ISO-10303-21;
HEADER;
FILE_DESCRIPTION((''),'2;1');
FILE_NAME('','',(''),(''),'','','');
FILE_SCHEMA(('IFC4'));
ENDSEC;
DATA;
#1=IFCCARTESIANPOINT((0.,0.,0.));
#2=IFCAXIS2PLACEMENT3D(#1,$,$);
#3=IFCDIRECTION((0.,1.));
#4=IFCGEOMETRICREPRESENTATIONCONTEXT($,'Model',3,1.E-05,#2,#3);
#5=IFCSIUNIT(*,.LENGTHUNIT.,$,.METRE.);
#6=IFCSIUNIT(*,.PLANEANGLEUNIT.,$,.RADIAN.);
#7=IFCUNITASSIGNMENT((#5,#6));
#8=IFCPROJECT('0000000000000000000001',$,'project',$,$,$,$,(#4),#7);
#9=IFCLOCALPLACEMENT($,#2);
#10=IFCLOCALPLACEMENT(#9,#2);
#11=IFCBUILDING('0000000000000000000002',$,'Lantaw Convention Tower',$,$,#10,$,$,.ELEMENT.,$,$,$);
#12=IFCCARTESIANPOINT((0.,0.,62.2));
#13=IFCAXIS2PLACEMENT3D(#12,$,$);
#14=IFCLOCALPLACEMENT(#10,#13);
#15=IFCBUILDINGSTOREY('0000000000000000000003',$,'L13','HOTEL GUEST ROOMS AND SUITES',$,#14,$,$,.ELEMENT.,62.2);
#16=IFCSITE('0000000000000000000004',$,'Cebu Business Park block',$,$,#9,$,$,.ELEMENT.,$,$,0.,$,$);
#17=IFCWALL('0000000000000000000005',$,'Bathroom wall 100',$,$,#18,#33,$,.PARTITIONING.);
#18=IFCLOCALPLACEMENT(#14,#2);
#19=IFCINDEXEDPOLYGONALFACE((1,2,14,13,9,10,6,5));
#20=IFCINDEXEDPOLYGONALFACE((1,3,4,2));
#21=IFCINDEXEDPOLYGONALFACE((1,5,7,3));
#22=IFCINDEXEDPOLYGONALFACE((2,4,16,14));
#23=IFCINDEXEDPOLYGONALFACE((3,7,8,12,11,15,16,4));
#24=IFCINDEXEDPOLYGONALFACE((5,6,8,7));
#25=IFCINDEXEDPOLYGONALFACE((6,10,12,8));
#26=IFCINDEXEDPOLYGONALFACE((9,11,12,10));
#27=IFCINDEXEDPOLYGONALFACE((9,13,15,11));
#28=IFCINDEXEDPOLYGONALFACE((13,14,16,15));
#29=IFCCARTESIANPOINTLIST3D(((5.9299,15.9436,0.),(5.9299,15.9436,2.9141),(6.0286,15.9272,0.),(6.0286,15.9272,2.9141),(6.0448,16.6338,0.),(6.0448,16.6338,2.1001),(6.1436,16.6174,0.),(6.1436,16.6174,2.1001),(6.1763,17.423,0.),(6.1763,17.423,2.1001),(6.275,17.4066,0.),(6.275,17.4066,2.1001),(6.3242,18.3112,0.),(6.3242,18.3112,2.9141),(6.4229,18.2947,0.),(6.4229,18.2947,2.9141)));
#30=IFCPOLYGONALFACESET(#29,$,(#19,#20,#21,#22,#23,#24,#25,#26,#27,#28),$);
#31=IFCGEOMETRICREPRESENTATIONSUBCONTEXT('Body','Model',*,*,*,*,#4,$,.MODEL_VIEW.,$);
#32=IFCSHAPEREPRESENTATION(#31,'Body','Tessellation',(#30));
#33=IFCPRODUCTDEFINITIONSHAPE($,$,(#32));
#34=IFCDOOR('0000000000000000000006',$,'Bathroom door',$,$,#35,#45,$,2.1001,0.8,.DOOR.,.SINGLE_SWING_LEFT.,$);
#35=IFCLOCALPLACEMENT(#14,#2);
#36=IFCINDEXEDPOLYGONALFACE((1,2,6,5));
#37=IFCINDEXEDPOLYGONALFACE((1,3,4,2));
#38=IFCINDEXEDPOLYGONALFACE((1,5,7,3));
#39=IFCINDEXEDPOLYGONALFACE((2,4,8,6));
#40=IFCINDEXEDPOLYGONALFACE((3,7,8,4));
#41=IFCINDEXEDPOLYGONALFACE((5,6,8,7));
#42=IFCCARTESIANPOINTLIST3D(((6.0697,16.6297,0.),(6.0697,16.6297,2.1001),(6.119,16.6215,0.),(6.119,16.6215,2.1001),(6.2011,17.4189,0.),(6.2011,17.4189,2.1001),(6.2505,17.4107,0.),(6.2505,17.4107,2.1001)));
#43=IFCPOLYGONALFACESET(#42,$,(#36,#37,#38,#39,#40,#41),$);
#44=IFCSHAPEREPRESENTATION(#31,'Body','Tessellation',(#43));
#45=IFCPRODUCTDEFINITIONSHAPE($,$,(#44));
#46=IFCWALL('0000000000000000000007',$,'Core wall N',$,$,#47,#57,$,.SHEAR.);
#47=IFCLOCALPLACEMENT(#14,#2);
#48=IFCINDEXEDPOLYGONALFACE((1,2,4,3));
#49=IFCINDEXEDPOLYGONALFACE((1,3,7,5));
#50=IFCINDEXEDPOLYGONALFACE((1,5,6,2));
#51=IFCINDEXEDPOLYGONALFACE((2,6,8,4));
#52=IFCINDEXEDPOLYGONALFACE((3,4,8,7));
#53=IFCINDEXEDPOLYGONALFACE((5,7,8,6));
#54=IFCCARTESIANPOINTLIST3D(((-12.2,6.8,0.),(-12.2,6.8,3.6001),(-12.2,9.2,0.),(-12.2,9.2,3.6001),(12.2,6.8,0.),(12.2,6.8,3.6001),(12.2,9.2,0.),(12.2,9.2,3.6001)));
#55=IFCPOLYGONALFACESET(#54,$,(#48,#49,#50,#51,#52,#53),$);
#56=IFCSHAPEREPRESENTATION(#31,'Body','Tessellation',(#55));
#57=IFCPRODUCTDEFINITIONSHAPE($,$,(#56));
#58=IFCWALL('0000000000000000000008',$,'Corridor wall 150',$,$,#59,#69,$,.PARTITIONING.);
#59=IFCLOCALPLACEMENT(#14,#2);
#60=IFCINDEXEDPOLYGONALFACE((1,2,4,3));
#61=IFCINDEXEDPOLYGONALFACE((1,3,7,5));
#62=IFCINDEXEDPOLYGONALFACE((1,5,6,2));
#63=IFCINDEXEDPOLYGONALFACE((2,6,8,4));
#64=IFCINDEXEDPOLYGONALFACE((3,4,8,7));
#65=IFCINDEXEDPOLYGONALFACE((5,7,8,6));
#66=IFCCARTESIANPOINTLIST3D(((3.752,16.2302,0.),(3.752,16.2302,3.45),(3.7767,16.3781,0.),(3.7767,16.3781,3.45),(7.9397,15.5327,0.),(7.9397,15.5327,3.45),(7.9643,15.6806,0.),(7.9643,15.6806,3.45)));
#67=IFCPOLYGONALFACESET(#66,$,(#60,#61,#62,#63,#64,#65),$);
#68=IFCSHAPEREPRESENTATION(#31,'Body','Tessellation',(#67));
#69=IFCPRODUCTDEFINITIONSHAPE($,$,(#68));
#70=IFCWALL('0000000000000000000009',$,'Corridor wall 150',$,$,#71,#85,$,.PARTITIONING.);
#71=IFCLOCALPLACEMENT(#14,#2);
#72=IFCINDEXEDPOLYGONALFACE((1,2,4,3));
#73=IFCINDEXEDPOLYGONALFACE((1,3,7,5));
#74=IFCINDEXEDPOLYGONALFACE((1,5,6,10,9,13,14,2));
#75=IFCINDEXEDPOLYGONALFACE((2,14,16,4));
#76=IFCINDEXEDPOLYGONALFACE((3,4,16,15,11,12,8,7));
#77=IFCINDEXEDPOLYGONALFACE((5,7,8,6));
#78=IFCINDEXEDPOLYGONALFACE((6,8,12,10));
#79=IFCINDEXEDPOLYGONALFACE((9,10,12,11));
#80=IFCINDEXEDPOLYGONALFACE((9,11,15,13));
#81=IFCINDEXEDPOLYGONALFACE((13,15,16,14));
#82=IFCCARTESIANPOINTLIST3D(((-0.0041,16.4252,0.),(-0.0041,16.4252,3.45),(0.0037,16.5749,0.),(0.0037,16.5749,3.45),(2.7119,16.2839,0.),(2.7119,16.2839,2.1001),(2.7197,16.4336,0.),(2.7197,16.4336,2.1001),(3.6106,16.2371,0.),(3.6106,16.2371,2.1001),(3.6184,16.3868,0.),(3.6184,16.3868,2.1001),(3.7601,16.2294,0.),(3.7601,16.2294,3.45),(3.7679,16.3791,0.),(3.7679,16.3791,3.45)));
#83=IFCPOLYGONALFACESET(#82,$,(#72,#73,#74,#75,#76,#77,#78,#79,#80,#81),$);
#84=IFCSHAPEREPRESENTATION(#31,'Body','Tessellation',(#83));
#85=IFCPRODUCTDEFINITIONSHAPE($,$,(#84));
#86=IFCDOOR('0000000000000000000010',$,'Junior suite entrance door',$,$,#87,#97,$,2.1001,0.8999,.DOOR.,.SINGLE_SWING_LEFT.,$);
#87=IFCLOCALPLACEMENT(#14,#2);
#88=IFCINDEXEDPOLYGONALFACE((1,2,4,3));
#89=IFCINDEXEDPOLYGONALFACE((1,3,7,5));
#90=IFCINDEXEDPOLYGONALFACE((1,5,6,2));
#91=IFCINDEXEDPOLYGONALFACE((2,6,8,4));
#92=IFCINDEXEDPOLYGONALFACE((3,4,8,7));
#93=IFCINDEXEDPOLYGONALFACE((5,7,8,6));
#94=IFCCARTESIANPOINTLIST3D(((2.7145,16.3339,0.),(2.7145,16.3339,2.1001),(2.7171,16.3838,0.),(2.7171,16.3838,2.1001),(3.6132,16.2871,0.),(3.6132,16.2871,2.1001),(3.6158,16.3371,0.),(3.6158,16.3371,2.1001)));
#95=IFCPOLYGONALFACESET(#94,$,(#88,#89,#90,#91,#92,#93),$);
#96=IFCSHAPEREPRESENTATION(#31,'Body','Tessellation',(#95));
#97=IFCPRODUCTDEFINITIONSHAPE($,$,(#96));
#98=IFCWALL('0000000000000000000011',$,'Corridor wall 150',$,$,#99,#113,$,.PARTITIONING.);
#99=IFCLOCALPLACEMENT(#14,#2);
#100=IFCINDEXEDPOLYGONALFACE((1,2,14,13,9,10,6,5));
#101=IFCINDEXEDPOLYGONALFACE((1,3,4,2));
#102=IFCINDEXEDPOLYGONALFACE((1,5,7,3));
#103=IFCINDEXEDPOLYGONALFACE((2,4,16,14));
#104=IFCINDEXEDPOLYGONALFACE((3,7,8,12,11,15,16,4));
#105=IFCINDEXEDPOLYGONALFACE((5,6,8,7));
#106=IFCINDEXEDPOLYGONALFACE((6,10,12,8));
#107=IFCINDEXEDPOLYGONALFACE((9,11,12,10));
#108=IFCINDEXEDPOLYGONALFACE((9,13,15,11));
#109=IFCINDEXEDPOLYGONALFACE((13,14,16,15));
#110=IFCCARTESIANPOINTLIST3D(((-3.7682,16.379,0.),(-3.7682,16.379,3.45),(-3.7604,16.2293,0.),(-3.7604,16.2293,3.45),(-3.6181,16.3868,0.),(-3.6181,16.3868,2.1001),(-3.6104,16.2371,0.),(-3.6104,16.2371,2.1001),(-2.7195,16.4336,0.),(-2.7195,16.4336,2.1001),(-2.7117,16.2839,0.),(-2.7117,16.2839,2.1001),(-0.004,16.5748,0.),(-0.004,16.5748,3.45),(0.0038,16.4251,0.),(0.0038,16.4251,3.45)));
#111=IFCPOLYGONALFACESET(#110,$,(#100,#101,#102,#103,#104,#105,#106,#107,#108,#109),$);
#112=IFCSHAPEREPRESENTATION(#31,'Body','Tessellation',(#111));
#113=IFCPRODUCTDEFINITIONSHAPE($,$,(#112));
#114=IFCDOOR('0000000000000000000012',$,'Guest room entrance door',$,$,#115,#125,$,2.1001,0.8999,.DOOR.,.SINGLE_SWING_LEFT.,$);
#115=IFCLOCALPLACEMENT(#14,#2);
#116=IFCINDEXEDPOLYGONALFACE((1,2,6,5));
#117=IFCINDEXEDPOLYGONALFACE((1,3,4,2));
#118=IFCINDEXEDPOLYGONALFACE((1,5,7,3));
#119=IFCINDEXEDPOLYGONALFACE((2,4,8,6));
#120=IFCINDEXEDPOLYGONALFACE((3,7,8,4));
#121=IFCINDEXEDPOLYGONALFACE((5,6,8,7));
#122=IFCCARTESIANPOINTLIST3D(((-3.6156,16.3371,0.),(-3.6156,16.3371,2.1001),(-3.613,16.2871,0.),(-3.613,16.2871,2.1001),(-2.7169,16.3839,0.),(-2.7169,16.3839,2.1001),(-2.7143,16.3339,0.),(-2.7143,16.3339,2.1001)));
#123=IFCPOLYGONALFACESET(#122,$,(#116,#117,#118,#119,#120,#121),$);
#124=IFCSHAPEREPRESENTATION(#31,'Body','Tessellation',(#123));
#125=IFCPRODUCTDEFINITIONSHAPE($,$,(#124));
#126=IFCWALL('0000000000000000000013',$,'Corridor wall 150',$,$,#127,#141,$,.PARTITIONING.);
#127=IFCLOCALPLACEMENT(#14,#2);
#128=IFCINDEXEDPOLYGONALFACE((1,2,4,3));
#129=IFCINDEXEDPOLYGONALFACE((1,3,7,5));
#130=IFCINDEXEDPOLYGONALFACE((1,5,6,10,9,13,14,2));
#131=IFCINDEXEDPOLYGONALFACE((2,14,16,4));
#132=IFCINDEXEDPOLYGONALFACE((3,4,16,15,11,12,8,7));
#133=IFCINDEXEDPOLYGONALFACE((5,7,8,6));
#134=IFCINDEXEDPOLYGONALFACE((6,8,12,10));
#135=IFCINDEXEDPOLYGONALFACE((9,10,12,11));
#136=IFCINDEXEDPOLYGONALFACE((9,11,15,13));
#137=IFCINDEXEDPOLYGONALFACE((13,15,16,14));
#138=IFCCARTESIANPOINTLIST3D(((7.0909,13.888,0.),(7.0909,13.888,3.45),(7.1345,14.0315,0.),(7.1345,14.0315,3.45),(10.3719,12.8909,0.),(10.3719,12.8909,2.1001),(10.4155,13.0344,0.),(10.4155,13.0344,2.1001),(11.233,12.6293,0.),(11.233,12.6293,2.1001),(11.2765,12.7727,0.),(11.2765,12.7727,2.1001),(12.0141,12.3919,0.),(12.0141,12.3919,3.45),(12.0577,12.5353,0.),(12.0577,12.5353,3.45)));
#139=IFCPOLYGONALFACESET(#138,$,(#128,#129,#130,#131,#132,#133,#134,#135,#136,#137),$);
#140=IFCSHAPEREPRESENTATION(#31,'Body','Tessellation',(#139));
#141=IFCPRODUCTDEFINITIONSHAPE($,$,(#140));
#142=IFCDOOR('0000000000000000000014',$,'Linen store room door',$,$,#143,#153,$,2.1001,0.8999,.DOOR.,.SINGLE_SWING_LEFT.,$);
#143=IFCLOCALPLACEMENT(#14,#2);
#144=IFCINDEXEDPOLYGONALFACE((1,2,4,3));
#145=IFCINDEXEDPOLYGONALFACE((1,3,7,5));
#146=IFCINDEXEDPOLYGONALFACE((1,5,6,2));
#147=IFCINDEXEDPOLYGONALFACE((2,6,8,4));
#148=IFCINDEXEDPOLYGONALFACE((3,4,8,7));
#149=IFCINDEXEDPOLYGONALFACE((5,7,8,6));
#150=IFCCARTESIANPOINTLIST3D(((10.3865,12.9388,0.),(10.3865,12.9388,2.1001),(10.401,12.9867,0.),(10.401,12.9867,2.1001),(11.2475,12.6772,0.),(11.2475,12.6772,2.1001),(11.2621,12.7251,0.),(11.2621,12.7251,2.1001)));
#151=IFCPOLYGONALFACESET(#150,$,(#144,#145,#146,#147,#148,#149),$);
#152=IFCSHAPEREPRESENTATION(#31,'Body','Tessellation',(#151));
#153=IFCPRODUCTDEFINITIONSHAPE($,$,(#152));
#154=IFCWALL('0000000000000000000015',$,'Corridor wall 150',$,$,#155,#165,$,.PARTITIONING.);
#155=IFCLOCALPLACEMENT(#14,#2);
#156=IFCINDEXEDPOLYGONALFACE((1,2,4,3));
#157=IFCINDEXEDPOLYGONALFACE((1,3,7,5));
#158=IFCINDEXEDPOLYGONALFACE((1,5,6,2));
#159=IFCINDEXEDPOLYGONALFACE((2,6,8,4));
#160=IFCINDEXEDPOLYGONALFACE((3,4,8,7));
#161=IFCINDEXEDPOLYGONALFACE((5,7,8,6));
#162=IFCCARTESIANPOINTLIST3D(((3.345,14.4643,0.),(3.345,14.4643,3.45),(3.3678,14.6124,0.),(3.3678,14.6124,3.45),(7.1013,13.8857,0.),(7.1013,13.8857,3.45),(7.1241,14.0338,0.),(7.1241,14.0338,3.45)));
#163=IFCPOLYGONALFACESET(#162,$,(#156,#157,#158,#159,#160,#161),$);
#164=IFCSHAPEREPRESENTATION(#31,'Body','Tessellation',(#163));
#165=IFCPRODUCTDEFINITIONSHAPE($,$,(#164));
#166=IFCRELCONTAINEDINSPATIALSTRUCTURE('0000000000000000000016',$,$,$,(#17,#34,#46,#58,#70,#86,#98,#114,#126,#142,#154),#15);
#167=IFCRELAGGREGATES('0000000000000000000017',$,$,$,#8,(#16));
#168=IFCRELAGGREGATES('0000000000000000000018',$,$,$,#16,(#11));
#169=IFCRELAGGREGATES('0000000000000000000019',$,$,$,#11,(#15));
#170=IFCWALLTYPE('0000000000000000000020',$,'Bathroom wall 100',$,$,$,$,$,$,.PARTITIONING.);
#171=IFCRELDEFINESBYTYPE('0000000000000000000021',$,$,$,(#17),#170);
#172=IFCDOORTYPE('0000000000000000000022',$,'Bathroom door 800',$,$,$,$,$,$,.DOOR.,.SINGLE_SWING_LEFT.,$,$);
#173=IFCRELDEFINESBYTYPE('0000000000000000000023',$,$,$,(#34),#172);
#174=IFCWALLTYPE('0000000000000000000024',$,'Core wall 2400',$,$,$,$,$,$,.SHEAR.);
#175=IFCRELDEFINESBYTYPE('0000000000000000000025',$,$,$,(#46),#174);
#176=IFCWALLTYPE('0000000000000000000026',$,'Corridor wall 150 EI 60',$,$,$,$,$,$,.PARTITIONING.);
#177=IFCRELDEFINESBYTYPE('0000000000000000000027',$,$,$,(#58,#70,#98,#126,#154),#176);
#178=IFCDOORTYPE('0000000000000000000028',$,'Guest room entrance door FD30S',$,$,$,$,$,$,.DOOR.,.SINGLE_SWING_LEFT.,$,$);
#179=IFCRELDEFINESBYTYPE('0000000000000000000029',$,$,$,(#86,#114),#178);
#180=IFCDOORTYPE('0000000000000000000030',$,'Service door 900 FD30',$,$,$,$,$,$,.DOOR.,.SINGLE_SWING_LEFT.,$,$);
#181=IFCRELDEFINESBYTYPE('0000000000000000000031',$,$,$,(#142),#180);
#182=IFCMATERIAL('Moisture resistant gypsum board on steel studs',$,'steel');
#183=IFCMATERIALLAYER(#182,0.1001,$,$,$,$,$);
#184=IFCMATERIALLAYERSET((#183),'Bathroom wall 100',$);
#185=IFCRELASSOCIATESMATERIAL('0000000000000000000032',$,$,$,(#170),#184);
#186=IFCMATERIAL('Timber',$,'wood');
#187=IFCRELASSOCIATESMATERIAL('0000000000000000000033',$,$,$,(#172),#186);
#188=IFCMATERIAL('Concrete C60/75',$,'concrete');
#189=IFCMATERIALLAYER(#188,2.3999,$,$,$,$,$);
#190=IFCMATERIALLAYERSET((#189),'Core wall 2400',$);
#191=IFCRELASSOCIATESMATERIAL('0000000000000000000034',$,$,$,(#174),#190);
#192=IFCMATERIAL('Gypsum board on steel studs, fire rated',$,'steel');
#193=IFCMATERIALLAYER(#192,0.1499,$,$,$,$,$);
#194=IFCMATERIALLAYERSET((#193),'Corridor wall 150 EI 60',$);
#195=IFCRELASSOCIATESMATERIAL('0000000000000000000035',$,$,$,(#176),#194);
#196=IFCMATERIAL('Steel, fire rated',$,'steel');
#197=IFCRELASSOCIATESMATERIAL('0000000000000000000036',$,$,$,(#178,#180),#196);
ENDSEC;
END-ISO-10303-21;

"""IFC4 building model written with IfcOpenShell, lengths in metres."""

from ifc_helpers import new_model, si_unit, direction, frame, frame_2d, origin, place, context, subcontext, project, spatial, rectangle, extrude, material, layer, layer_set, type_object, element, fill, save


model = new_model("IFC4")

# Units and contexts
model_context = context("Model", 3, precision=1e-05, world=origin(), true_north=direction((0.0, 1.0)))
body_context = subcontext(model_context, "Body", "Model", "MODEL_VIEW")
ifc_project = project(units=[si_unit("LENGTHUNIT", "METRE"), si_unit("PLANEANGLEUNIT", "RADIAN")], contexts=[model_context])

# Site, building, storey
site_placement = place(None, origin())
site = spatial("IfcSite", under=ifc_project, at=site_placement, Name="Cebu Business Park block", CompositionType="ELEMENT", RefElevation=0.0)
building_placement = place(site_placement, origin())
building = spatial("IfcBuilding", under=site, at=building_placement, Name="Lantaw Convention Tower", CompositionType="ELEMENT")
storey_placement = place(building_placement, frame((0.0, 0.0, 62.2)))
storey = spatial("IfcBuildingStorey", under=building, at=storey_placement, Name="L13", Description="HOTEL GUEST ROOMS AND SUITES", CompositionType="ELEMENT", Elevation=62.2)

# Wall, opening, door
ifc_material_1 = material(Name="Moisture resistant gypsum board on steel studs", Category="steel")
ifc_layer_1 = layer(ifc_material_1, 0.1001)
ifc_layer_set_1 = layer_set([ifc_layer_1], Name="Bathroom wall 100")
wall_type_1 = type_object("IfcWallType", Name="Bathroom wall 100", PredefinedType="PARTITIONING", material=ifc_layer_set_1)
wall_1_placement = place(storey_placement, frame((5.9792, 15.9353, 0.0), z_axis=(0.0, 0.0, 1.0), x_axis=(0.164284, 0.986413, 0.0)))
wall_1 = element("IfcWall", 1, at=wall_1_placement, inside=storey, type_object=wall_type_1, Name="Bathroom wall 100", PredefinedType="PARTITIONING", context=body_context, shape_type="SweptSolid", body=[
    extrude(rectangle(XDim=2.4001, YDim=0.1001, at=frame_2d((1.2002, 0.0))), origin(), (0.0, 0.0, 1.0), 2.9141),
])
opening_1_placement = place(wall_1_placement, frame((0.7, 0.0, 0.0)))
opening_1 = element("IfcOpeningElement", 2, at=opening_1_placement, cuts=wall_1, PredefinedType="OPENING", context=body_context, shape_type="SweptSolid", body=[
    extrude(rectangle(XDim=0.8, YDim=2.1001, at=frame_2d((0.3999, 1.05))), frame((0.0, 0.0601, 0.0), z_axis=(0.0, -1.0, 0.0), x_axis=(1.0, 0.0, 0.0)), (0.0, 0.0, 1.0), 0.1201),
])
ifc_material_2 = material(Name="Timber", Category="wood")
door_type_1 = type_object("IfcDoorType", Name="Bathroom door 800", OperationType="SINGLE_SWING_LEFT", PredefinedType="DOOR", material=ifc_material_2)
door_1_placement = place(opening_1_placement, origin())
door_1 = element("IfcDoor", 3, at=door_1_placement, inside=storey, type_object=door_type_1, Name="Bathroom door", OperationType="SINGLE_SWING_LEFT", OverallHeight=2.1001, OverallWidth=0.8, PredefinedType="DOOR", context=body_context, shape_type="SweptSolid", body=[
    extrude(rectangle(XDim=0.8, YDim=2.1001, at=frame_2d((0.3999, 1.05))), frame((0.0, 0.0249, 0.0), z_axis=(0.0, -1.0, 0.0), x_axis=(1.0, 0.0, 0.0)), (0.0, 0.0, 1.0), 0.05),
])
fill(opening_1, door_1)

# Walls
ifc_material_3 = material(Name="Concrete C60/75", Category="concrete")
ifc_layer_2 = layer(ifc_material_3, 2.3999)
ifc_layer_set_2 = layer_set([ifc_layer_2], Name="Core wall 2400")
wall_type_2 = type_object("IfcWallType", Name="Core wall 2400", PredefinedType="SHEAR", material=ifc_layer_set_2)
wall_2_placement = place(storey_placement, frame((12.2, 8.0, 0.0), z_axis=(0.0, 0.0, 1.0), x_axis=(-1.0, 0.0, 0.0)))
element("IfcWall", 4, at=wall_2_placement, inside=storey, type_object=wall_type_2, Name="Core wall N", PredefinedType="SHEAR", context=body_context, shape_type="SweptSolid", body=[
    extrude(rectangle(XDim=24.3999, YDim=2.3999, at=frame_2d((12.2, 0.0))), origin(), (0.0, 0.0, 1.0), 3.6001),
])
ifc_material_4 = material(Name="Gypsum board on steel studs, fire rated", Category="steel")
ifc_layer_3 = layer(ifc_material_4, 0.1499)
ifc_layer_set_3 = layer_set([ifc_layer_3], Name="Corridor wall 150 EI 60")
wall_type_3 = type_object("IfcWallType", Name="Corridor wall 150 EI 60", PredefinedType="PARTITIONING", material=ifc_layer_set_3)
wall_3_placement = place(storey_placement, frame((7.9519, 15.6067, 0.0), z_axis=(0.0, 0.0, 1.0), x_axis=(-0.986411, 0.164296, 0.0)))
element("IfcWall", 5, at=wall_3_placement, inside=storey, type_object=wall_type_3, Name="Corridor wall 150", PredefinedType="PARTITIONING", context=body_context, shape_type="SweptSolid", body=[
    extrude(rectangle(XDim=4.2454, YDim=0.1499, at=frame_2d((2.1226, 0.0))), origin(), (0.0, 0.0, 1.0), 3.45),
])

# Walls, openings, doors
wall_4_placement = place(storey_placement, frame((3.7642, 16.3042, 0.0), z_axis=(0.0, 0.0, 1.0), x_axis=(-0.99865, 0.051947, 0.0)))
wall_4 = element("IfcWall", 6, at=wall_4_placement, inside=storey, type_object=wall_type_3, Name="Corridor wall 150", PredefinedType="PARTITIONING", context=body_context, shape_type="SweptSolid", body=[
    extrude(rectangle(XDim=3.7693, YDim=0.1499, at=frame_2d((1.8848, 0.0))), origin(), (0.0, 0.0, 1.0), 3.45),
])
opening_2_placement = place(wall_4_placement, frame((0.1499, 0.0, 0.0)))
opening_2 = element("IfcOpeningElement", 7, at=opening_2_placement, cuts=wall_4, PredefinedType="OPENING", context=body_context, shape_type="SweptSolid", body=[
    extrude(rectangle(XDim=0.8999, YDim=2.1001, at=frame_2d((0.45, 1.05))), frame((0.0, 0.085, 0.0), z_axis=(0.0, -1.0, 0.0), x_axis=(1.0, 0.0, 0.0)), (0.0, 0.0, 1.0), 0.1699),
])
ifc_material_5 = material(Name="Steel, fire rated", Category="steel")
door_type_2 = type_object("IfcDoorType", Name="Guest room entrance door FD30S", OperationType="SINGLE_SWING_LEFT", PredefinedType="DOOR", material=ifc_material_5)
door_2_placement = place(opening_2_placement, origin())
door_2 = element("IfcDoor", 8, at=door_2_placement, inside=storey, type_object=door_type_2, Name="Junior suite entrance door", OperationType="SINGLE_SWING_LEFT", OverallHeight=2.1001, OverallWidth=0.8999, PredefinedType="DOOR", context=body_context, shape_type="SweptSolid", body=[
    extrude(rectangle(XDim=0.8999, YDim=2.1001, at=frame_2d((0.45, 1.05))), frame((0.0, 0.0249, 0.0), z_axis=(0.0, -1.0, 0.0), x_axis=(1.0, 0.0, 0.0)), (0.0, 0.0, 1.0), 0.05),
])
fill(opening_2, door_2)
wall_5_placement = place(storey_placement, frame((0.0, 16.5, 0.0), z_axis=(0.0, 0.0, 1.0), x_axis=(-0.99865, -0.051947, 0.0)))
wall_5 = element("IfcWall", 9, at=wall_5_placement, inside=storey, type_object=wall_type_3, Name="Corridor wall 150", PredefinedType="PARTITIONING", context=body_context, shape_type="SweptSolid", body=[
    extrude(rectangle(XDim=3.7693, YDim=0.1499, at=frame_2d((1.8848, 0.0))), origin(), (0.0, 0.0, 1.0), 3.45),
])
opening_3_placement = place(wall_5_placement, frame((2.7192, 0.0, 0.0)))
opening_3 = element("IfcOpeningElement", 10, at=opening_3_placement, cuts=wall_5, PredefinedType="OPENING", context=body_context, shape_type="SweptSolid", body=[
    extrude(rectangle(XDim=0.8999, YDim=2.1001, at=frame_2d((0.45, 1.05))), frame((0.0, 0.085, 0.0), z_axis=(0.0, -1.0, 0.0), x_axis=(1.0, 0.0, 0.0)), (0.0, 0.0, 1.0), 0.1699),
])
door_3_placement = place(opening_3_placement, origin())
door_3 = element("IfcDoor", 11, at=door_3_placement, inside=storey, type_object=door_type_2, Name="Guest room entrance door", OperationType="SINGLE_SWING_LEFT", OverallHeight=2.1001, OverallWidth=0.8999, PredefinedType="DOOR", context=body_context, shape_type="SweptSolid", body=[
    extrude(rectangle(XDim=0.8999, YDim=2.1001, at=frame_2d((0.45, 1.05))), frame((0.0, 0.0249, 0.0), z_axis=(0.0, -1.0, 0.0), x_axis=(1.0, 0.0, 0.0)), (0.0, 0.0, 1.0), 0.05),
])
fill(opening_3, door_3)
wall_6_placement = place(storey_placement, frame((12.0359, 12.4636, 0.0), z_axis=(0.0, 0.0, 1.0), x_axis=(-0.956795, 0.290763, 0.0)))
wall_6 = element("IfcWall", 12, at=wall_6_placement, inside=storey, type_object=wall_type_3, Name="Corridor wall 150", PredefinedType="PARTITIONING", context=body_context, shape_type="SweptSolid", body=[
    extrude(rectangle(XDim=5.1455, YDim=0.1499, at=frame_2d((2.5728, 0.0))), origin(), (0.0, 0.0, 1.0), 3.45),
])
opening_4_placement = place(wall_6_placement, frame((0.8164, 0.0, 0.0)))
opening_4 = element("IfcOpeningElement", 13, at=opening_4_placement, cuts=wall_6, PredefinedType="OPENING", context=body_context, shape_type="SweptSolid", body=[
    extrude(rectangle(XDim=0.8999, YDim=2.1001, at=frame_2d((0.45, 1.05))), frame((0.0, 0.085, 0.0), z_axis=(0.0, -1.0, 0.0), x_axis=(1.0, 0.0, 0.0)), (0.0, 0.0, 1.0), 0.1699),
])
door_type_3 = type_object("IfcDoorType", Name="Service door 900 FD30", OperationType="SINGLE_SWING_LEFT", PredefinedType="DOOR", material=ifc_material_5)
door_4_placement = place(opening_4_placement, origin())
door_4 = element("IfcDoor", 14, at=door_4_placement, inside=storey, type_object=door_type_3, Name="Linen store room door", OperationType="SINGLE_SWING_LEFT", OverallHeight=2.1001, OverallWidth=0.8999, PredefinedType="DOOR", context=body_context, shape_type="SweptSolid", body=[
    extrude(rectangle(XDim=0.8999, YDim=2.1001, at=frame_2d((0.45, 1.05))), frame((0.0, 0.0249, 0.0), z_axis=(0.0, -1.0, 0.0), x_axis=(1.0, 0.0, 0.0)), (0.0, 0.0, 1.0), 0.05),
])
fill(opening_4, door_4)

# Wall
wall_7_placement = place(storey_placement, frame((7.1128, 13.9597, 0.0), z_axis=(0.0, 0.0, 1.0), x_axis=(-0.988343, 0.152241, 0.0)))
element("IfcWall", 15, at=wall_7_placement, inside=storey, type_object=wall_type_3, Name="Corridor wall 150", PredefinedType="PARTITIONING", context=body_context, shape_type="SweptSolid", body=[
    extrude(rectangle(XDim=3.8005, YDim=0.1499, at=frame_2d((1.9004, 0.0))), origin(), (0.0, 0.0, 1.0), 3.45),
])

save(model, "model.ifc")
